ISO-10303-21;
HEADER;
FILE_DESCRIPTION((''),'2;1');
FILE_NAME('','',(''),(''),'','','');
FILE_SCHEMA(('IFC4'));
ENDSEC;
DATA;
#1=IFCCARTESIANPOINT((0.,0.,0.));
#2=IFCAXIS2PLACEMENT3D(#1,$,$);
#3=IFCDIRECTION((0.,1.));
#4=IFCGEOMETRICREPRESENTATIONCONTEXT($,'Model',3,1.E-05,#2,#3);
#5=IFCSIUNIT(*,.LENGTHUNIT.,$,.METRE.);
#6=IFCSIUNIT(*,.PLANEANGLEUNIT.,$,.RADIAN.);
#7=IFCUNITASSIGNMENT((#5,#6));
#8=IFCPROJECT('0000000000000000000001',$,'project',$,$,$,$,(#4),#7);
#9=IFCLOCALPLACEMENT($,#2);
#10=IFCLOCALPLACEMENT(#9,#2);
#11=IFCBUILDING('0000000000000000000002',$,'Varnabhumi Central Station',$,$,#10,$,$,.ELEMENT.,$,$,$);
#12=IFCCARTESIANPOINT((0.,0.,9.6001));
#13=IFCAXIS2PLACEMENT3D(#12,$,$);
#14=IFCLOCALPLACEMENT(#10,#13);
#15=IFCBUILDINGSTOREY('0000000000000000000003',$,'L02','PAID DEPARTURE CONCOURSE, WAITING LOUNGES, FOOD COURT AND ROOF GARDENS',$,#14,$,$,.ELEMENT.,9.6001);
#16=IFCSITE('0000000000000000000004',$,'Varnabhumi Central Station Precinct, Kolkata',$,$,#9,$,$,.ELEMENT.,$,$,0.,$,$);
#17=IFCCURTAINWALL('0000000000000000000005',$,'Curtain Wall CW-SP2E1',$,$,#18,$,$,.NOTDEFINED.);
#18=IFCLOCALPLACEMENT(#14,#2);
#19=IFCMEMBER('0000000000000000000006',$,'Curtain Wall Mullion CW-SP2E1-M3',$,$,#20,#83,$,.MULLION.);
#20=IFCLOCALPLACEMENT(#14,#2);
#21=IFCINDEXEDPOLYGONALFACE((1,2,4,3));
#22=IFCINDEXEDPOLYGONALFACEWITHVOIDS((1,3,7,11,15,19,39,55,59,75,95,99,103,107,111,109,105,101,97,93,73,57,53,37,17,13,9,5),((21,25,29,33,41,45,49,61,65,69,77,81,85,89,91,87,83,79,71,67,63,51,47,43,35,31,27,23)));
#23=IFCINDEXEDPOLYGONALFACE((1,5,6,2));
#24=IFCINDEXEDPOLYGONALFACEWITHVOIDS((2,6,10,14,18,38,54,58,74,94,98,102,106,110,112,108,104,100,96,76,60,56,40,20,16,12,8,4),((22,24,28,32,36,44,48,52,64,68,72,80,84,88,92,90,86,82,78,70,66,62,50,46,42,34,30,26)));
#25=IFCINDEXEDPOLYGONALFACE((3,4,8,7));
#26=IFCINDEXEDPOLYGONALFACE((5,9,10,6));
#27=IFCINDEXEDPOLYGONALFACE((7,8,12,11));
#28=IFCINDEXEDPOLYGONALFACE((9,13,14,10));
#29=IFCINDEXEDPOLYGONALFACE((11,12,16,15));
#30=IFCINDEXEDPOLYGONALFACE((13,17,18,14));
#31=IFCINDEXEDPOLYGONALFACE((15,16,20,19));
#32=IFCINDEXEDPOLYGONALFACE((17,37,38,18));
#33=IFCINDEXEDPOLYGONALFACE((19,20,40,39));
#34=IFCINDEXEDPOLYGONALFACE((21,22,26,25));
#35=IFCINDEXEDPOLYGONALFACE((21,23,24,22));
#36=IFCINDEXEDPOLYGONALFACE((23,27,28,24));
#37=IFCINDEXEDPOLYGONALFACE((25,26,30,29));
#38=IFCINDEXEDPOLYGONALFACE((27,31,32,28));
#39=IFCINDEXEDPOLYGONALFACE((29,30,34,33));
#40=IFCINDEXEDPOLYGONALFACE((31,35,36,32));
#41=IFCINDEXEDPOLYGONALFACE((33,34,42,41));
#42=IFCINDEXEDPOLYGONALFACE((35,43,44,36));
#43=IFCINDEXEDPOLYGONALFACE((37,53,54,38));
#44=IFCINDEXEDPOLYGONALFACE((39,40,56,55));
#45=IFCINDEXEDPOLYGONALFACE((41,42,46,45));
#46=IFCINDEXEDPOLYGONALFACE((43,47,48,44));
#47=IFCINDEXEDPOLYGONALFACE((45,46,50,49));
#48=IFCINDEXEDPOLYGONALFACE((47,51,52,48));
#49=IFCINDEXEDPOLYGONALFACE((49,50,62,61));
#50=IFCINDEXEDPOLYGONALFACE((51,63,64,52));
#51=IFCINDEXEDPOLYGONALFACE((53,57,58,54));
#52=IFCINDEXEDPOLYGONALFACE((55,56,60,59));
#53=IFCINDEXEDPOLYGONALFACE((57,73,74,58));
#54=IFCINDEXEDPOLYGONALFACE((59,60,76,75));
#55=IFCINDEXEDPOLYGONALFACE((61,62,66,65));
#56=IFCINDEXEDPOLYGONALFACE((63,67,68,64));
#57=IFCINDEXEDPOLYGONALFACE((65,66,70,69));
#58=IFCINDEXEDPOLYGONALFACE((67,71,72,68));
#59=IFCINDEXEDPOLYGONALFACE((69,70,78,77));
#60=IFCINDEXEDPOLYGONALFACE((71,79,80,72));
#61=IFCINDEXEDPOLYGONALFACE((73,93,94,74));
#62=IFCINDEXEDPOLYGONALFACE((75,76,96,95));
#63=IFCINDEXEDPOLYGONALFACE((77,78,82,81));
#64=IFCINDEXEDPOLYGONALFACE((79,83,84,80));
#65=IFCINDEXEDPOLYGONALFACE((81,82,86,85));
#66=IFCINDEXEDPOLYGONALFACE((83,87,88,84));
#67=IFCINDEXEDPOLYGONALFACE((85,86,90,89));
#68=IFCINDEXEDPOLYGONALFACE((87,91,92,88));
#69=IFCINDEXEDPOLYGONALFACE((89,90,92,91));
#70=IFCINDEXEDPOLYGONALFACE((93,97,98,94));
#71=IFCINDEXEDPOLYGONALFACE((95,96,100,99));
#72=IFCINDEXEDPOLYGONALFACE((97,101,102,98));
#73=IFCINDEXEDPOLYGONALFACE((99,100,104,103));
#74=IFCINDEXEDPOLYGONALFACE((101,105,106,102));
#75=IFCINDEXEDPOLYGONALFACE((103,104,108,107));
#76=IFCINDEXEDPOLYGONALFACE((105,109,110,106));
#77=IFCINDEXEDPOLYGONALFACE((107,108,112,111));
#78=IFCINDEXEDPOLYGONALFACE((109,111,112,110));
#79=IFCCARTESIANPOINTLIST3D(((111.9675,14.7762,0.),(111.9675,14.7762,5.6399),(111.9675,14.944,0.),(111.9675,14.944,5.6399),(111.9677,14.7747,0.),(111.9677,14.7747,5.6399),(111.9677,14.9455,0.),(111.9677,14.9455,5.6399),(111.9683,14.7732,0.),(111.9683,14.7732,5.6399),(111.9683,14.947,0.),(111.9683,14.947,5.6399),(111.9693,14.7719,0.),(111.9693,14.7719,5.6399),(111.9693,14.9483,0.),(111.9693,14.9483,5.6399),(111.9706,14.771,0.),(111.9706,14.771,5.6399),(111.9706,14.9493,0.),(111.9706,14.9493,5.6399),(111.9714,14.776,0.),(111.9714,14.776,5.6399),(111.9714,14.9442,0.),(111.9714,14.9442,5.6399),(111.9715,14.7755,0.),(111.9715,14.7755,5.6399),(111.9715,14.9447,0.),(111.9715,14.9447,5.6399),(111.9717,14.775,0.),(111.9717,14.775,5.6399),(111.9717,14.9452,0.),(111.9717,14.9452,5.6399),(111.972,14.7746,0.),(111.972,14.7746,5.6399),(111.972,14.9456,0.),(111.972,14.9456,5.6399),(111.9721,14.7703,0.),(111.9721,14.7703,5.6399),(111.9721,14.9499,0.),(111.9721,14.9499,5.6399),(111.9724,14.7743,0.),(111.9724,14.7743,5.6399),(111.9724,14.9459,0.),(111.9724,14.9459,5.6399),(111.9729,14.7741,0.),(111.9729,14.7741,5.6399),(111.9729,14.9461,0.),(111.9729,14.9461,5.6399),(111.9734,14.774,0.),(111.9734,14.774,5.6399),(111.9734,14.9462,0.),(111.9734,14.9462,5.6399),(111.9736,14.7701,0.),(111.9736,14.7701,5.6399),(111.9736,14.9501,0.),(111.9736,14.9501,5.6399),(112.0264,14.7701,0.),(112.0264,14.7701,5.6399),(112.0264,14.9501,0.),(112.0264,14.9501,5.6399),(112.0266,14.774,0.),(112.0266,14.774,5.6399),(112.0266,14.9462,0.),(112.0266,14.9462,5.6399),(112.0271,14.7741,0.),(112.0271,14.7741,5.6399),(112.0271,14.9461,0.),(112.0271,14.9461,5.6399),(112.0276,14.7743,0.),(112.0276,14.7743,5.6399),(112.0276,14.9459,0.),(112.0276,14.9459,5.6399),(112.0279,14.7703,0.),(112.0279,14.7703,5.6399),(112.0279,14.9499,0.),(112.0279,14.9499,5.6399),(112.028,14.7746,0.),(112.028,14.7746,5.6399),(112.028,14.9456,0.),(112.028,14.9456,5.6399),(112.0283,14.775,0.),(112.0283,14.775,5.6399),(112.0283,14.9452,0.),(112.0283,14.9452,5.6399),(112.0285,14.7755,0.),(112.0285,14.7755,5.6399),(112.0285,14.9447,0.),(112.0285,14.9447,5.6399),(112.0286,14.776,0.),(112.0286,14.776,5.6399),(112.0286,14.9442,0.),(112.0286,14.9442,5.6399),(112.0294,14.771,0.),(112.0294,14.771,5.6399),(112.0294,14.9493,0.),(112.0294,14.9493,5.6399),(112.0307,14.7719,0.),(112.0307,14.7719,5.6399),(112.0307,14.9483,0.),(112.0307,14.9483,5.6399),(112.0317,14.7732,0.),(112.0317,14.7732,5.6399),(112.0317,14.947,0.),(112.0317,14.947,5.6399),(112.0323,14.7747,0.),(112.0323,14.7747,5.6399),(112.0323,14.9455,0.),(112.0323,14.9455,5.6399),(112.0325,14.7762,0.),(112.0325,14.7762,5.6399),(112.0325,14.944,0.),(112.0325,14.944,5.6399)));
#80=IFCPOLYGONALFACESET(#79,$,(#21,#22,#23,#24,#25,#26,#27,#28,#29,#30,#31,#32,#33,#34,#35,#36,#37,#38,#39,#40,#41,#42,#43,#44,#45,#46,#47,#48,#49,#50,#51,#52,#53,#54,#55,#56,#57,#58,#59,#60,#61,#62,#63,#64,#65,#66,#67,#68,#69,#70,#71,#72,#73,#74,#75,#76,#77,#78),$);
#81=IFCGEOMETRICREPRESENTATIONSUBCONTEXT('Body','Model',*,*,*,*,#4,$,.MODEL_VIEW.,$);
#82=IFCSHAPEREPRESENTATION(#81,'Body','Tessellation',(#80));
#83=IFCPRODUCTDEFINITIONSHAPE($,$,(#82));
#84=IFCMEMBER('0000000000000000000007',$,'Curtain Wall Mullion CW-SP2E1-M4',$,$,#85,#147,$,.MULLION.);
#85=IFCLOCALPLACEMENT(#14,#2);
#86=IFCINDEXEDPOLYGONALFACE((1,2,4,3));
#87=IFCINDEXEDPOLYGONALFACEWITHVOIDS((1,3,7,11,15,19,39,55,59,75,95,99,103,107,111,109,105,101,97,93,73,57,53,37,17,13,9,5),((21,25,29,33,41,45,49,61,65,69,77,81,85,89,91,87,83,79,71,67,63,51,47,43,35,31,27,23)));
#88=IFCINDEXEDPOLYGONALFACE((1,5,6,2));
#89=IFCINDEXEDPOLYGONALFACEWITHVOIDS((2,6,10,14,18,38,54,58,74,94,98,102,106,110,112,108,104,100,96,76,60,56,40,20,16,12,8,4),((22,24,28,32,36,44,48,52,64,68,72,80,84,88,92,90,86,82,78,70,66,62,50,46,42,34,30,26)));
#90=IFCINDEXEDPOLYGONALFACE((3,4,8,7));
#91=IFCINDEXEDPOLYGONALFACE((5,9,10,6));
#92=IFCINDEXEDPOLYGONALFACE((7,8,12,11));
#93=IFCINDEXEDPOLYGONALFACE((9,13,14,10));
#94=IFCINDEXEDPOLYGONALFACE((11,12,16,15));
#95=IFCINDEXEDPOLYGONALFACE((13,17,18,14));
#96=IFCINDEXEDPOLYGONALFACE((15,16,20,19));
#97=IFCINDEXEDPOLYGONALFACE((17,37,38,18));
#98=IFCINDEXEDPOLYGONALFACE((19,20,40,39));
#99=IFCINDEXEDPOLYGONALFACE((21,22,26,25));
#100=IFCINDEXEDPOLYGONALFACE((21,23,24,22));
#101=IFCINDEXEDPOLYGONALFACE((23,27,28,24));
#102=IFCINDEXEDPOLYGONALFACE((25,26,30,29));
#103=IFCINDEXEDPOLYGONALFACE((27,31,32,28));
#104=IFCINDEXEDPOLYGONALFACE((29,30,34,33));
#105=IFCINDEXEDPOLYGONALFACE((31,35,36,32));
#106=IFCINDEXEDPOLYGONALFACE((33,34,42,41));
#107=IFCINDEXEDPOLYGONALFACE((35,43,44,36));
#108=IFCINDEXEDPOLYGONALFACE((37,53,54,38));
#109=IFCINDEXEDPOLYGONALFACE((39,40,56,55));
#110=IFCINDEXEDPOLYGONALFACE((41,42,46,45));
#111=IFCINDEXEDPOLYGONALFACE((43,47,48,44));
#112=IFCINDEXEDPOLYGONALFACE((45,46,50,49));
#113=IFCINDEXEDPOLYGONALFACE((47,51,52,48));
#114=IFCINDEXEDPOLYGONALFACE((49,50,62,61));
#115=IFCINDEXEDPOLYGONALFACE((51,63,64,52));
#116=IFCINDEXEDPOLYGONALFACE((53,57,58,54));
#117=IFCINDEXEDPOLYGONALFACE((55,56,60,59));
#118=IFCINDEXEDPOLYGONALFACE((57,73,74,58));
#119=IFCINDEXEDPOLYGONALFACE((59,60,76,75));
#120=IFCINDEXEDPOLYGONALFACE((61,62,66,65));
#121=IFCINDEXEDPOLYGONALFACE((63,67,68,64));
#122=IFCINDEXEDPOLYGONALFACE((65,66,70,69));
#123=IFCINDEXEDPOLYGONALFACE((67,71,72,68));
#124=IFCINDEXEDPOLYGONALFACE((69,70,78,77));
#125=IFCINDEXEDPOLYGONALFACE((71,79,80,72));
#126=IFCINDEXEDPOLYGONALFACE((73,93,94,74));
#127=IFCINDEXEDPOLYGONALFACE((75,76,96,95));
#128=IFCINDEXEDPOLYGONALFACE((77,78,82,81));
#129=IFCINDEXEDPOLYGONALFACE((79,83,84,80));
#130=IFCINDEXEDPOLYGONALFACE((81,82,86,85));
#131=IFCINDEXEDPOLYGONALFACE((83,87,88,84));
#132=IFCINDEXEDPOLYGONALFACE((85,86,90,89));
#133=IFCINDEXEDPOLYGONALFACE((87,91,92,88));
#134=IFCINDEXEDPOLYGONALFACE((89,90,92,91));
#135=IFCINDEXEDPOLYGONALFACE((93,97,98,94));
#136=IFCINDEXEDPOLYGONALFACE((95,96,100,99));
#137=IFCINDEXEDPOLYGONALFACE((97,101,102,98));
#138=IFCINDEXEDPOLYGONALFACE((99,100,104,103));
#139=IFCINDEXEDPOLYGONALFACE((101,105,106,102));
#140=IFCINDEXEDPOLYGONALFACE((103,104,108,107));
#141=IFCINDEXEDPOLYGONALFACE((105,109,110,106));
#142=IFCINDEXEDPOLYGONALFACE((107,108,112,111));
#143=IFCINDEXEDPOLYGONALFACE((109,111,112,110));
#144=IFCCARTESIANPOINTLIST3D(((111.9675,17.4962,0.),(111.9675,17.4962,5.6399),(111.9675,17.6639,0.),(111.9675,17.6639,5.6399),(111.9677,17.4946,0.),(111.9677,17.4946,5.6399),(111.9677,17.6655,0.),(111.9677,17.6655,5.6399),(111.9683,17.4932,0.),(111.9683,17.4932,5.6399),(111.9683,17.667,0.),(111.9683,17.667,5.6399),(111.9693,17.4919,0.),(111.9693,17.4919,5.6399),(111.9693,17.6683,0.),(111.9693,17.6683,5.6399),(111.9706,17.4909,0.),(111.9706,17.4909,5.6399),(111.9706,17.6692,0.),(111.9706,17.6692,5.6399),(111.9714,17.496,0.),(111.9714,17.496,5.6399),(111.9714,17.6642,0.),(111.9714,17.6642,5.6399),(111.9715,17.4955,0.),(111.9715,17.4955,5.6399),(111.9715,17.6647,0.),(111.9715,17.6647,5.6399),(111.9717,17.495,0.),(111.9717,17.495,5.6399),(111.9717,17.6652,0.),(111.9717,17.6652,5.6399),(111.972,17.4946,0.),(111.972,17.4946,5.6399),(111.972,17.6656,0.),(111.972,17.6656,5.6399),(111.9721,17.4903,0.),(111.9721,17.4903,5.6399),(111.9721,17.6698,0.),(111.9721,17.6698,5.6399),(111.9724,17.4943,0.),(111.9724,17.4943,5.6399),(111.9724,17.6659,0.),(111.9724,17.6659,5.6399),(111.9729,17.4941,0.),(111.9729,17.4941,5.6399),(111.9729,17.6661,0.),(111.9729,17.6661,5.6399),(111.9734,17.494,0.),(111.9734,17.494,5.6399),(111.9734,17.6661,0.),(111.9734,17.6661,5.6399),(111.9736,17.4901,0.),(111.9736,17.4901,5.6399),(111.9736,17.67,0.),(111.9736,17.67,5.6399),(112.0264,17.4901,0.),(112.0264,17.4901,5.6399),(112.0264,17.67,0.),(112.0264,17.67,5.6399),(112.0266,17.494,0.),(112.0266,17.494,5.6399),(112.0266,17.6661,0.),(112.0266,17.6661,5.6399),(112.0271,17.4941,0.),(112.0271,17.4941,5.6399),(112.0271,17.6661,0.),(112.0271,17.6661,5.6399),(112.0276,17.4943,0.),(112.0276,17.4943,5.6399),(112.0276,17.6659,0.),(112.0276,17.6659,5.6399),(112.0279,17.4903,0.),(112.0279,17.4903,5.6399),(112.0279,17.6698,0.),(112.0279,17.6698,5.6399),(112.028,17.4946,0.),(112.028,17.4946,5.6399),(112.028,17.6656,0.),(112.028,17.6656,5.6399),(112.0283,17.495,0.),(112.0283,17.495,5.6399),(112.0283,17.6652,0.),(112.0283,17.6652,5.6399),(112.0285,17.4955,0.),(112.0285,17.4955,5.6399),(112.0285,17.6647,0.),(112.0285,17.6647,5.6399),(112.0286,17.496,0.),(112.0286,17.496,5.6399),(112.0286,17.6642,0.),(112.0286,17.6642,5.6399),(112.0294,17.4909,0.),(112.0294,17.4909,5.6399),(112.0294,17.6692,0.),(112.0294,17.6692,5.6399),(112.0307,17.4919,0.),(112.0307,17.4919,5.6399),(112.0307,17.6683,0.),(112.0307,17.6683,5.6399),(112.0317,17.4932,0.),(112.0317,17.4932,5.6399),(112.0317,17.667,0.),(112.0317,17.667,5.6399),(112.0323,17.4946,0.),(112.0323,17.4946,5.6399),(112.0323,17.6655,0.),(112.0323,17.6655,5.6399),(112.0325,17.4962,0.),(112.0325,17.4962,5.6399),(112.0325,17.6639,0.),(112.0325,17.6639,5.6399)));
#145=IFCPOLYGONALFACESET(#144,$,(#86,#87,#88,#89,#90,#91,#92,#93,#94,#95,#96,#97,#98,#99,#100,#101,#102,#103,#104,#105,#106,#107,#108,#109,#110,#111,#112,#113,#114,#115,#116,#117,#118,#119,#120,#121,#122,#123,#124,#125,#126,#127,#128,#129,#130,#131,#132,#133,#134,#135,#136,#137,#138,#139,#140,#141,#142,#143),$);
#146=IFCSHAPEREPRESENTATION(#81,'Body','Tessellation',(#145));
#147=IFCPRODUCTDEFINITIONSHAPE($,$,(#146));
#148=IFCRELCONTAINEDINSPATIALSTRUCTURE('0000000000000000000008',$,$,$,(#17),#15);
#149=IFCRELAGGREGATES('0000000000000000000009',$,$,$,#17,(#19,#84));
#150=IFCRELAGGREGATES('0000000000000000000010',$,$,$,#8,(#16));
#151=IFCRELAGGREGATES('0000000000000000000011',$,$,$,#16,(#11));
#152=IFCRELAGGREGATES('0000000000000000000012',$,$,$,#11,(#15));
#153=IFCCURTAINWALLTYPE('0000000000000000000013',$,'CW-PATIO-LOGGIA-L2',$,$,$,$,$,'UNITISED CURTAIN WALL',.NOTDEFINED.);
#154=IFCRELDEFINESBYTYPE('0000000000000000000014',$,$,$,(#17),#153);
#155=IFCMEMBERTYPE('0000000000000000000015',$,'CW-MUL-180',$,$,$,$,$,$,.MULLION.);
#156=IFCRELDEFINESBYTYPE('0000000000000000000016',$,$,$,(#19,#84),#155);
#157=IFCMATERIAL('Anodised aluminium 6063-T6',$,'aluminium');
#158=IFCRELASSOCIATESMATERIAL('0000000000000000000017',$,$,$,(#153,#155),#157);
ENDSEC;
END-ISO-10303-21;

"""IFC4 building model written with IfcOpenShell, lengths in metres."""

from ifc_helpers import new_model, si_unit, direction, frame, origin, origin_2d, place, context, subcontext, project, spatial, hollow_rectangle, extrude, material, material_profile, profile_set, type_object, element, aggregate, save


model = new_model("IFC4")

# Units and contexts
model_context = context("Model", 3, precision=1e-05, world=origin(), true_north=direction((0.0, 1.0)))
body_context = subcontext(model_context, "Body", "Model", "MODEL_VIEW")
ifc_project = project(units=[si_unit("LENGTHUNIT", "METRE"), si_unit("PLANEANGLEUNIT", "RADIAN")], contexts=[model_context])

# Site, building, storey
site_placement = place(None, origin())
site = spatial("IfcSite", under=ifc_project, at=site_placement, Name="Varnabhumi Central Station Precinct, Kolkata", CompositionType="ELEMENT", RefElevation=0.0)
building_placement = place(site_placement, origin())
building = spatial("IfcBuilding", under=site, at=building_placement, Name="Varnabhumi Central Station", CompositionType="ELEMENT")
storey_placement = place(building_placement, frame((0.0, 0.0, 9.6001)))
storey = spatial("IfcBuildingStorey", under=building, at=storey_placement, Name="L02", Description="PAID DEPARTURE CONCOURSE, WAITING LOUNGES, FOOD COURT AND ROOF GARDENS", CompositionType="ELEMENT", Elevation=9.6001)

# Curtain wall, members
ifc_material_1 = material(Name="Anodised aluminium 6063-T6", Category="aluminium")
curtain_wall_type = type_object("IfcCurtainWallType", Name="CW-PATIO-LOGGIA-L2", ElementType="UNITISED CURTAIN WALL", PredefinedType="NOTDEFINED", material=ifc_material_1)
curtain_wall_1_placement = place(storey_placement, origin())
curtain_wall_1 = element("IfcCurtainWall", 1, at=curtain_wall_1_placement, inside=storey, type_object=curtain_wall_type, Name="Curtain Wall CW-SP2E1", PredefinedType="NOTDEFINED")
ifc_material_profile_1 = material_profile(ifc_material_1, hollow_rectangle(XDim=0.0649, YDim=0.1799, WallThickness=0.0039, InnerFilletRadius=0.002, OuterFilletRadius=0.0061, at=origin_2d()), Name="Anodised aluminium 6063-T6", Category="aluminium")
ifc_profile_set_1 = profile_set([ifc_material_profile_1], Name="Anodised aluminium 6063-T6")
member_type_1 = type_object("IfcMemberType", Name="CW-MUL-180", PredefinedType="MULLION", material=ifc_profile_set_1)
member_1_placement = place(storey_placement, frame((112.0, 14.8601, 0.0), z_axis=(0.0, 0.0, 1.0), x_axis=(1.0, 0.0, 0.0)))
member_1 = element("IfcMember", 2, at=member_1_placement, type_object=member_type_1, Name="Curtain Wall Mullion CW-SP2E1-M3", PredefinedType="MULLION", context=body_context, shape_type="SweptSolid", body=[
    extrude(hollow_rectangle(XDim=0.0649, YDim=0.1799, WallThickness=0.0039, InnerFilletRadius=0.002, OuterFilletRadius=0.0061, at=origin_2d()), origin(), (0.0, 0.0, 1.0), 5.6399),
])
member_2_placement = place(storey_placement, frame((112.0, 17.5801, 0.0), z_axis=(0.0, 0.0, 1.0), x_axis=(1.0, 0.0, 0.0)))
member_2 = element("IfcMember", 3, at=member_2_placement, type_object=member_type_1, Name="Curtain Wall Mullion CW-SP2E1-M4", PredefinedType="MULLION", context=body_context, shape_type="SweptSolid", body=[
    extrude(hollow_rectangle(XDim=0.0649, YDim=0.1799, WallThickness=0.0039, InnerFilletRadius=0.002, OuterFilletRadius=0.0061, at=origin_2d()), origin(), (0.0, 0.0, 1.0), 5.6399),
])

aggregate(curtain_wall_1, [member_1, member_2])

save(model, "model.ifc")
